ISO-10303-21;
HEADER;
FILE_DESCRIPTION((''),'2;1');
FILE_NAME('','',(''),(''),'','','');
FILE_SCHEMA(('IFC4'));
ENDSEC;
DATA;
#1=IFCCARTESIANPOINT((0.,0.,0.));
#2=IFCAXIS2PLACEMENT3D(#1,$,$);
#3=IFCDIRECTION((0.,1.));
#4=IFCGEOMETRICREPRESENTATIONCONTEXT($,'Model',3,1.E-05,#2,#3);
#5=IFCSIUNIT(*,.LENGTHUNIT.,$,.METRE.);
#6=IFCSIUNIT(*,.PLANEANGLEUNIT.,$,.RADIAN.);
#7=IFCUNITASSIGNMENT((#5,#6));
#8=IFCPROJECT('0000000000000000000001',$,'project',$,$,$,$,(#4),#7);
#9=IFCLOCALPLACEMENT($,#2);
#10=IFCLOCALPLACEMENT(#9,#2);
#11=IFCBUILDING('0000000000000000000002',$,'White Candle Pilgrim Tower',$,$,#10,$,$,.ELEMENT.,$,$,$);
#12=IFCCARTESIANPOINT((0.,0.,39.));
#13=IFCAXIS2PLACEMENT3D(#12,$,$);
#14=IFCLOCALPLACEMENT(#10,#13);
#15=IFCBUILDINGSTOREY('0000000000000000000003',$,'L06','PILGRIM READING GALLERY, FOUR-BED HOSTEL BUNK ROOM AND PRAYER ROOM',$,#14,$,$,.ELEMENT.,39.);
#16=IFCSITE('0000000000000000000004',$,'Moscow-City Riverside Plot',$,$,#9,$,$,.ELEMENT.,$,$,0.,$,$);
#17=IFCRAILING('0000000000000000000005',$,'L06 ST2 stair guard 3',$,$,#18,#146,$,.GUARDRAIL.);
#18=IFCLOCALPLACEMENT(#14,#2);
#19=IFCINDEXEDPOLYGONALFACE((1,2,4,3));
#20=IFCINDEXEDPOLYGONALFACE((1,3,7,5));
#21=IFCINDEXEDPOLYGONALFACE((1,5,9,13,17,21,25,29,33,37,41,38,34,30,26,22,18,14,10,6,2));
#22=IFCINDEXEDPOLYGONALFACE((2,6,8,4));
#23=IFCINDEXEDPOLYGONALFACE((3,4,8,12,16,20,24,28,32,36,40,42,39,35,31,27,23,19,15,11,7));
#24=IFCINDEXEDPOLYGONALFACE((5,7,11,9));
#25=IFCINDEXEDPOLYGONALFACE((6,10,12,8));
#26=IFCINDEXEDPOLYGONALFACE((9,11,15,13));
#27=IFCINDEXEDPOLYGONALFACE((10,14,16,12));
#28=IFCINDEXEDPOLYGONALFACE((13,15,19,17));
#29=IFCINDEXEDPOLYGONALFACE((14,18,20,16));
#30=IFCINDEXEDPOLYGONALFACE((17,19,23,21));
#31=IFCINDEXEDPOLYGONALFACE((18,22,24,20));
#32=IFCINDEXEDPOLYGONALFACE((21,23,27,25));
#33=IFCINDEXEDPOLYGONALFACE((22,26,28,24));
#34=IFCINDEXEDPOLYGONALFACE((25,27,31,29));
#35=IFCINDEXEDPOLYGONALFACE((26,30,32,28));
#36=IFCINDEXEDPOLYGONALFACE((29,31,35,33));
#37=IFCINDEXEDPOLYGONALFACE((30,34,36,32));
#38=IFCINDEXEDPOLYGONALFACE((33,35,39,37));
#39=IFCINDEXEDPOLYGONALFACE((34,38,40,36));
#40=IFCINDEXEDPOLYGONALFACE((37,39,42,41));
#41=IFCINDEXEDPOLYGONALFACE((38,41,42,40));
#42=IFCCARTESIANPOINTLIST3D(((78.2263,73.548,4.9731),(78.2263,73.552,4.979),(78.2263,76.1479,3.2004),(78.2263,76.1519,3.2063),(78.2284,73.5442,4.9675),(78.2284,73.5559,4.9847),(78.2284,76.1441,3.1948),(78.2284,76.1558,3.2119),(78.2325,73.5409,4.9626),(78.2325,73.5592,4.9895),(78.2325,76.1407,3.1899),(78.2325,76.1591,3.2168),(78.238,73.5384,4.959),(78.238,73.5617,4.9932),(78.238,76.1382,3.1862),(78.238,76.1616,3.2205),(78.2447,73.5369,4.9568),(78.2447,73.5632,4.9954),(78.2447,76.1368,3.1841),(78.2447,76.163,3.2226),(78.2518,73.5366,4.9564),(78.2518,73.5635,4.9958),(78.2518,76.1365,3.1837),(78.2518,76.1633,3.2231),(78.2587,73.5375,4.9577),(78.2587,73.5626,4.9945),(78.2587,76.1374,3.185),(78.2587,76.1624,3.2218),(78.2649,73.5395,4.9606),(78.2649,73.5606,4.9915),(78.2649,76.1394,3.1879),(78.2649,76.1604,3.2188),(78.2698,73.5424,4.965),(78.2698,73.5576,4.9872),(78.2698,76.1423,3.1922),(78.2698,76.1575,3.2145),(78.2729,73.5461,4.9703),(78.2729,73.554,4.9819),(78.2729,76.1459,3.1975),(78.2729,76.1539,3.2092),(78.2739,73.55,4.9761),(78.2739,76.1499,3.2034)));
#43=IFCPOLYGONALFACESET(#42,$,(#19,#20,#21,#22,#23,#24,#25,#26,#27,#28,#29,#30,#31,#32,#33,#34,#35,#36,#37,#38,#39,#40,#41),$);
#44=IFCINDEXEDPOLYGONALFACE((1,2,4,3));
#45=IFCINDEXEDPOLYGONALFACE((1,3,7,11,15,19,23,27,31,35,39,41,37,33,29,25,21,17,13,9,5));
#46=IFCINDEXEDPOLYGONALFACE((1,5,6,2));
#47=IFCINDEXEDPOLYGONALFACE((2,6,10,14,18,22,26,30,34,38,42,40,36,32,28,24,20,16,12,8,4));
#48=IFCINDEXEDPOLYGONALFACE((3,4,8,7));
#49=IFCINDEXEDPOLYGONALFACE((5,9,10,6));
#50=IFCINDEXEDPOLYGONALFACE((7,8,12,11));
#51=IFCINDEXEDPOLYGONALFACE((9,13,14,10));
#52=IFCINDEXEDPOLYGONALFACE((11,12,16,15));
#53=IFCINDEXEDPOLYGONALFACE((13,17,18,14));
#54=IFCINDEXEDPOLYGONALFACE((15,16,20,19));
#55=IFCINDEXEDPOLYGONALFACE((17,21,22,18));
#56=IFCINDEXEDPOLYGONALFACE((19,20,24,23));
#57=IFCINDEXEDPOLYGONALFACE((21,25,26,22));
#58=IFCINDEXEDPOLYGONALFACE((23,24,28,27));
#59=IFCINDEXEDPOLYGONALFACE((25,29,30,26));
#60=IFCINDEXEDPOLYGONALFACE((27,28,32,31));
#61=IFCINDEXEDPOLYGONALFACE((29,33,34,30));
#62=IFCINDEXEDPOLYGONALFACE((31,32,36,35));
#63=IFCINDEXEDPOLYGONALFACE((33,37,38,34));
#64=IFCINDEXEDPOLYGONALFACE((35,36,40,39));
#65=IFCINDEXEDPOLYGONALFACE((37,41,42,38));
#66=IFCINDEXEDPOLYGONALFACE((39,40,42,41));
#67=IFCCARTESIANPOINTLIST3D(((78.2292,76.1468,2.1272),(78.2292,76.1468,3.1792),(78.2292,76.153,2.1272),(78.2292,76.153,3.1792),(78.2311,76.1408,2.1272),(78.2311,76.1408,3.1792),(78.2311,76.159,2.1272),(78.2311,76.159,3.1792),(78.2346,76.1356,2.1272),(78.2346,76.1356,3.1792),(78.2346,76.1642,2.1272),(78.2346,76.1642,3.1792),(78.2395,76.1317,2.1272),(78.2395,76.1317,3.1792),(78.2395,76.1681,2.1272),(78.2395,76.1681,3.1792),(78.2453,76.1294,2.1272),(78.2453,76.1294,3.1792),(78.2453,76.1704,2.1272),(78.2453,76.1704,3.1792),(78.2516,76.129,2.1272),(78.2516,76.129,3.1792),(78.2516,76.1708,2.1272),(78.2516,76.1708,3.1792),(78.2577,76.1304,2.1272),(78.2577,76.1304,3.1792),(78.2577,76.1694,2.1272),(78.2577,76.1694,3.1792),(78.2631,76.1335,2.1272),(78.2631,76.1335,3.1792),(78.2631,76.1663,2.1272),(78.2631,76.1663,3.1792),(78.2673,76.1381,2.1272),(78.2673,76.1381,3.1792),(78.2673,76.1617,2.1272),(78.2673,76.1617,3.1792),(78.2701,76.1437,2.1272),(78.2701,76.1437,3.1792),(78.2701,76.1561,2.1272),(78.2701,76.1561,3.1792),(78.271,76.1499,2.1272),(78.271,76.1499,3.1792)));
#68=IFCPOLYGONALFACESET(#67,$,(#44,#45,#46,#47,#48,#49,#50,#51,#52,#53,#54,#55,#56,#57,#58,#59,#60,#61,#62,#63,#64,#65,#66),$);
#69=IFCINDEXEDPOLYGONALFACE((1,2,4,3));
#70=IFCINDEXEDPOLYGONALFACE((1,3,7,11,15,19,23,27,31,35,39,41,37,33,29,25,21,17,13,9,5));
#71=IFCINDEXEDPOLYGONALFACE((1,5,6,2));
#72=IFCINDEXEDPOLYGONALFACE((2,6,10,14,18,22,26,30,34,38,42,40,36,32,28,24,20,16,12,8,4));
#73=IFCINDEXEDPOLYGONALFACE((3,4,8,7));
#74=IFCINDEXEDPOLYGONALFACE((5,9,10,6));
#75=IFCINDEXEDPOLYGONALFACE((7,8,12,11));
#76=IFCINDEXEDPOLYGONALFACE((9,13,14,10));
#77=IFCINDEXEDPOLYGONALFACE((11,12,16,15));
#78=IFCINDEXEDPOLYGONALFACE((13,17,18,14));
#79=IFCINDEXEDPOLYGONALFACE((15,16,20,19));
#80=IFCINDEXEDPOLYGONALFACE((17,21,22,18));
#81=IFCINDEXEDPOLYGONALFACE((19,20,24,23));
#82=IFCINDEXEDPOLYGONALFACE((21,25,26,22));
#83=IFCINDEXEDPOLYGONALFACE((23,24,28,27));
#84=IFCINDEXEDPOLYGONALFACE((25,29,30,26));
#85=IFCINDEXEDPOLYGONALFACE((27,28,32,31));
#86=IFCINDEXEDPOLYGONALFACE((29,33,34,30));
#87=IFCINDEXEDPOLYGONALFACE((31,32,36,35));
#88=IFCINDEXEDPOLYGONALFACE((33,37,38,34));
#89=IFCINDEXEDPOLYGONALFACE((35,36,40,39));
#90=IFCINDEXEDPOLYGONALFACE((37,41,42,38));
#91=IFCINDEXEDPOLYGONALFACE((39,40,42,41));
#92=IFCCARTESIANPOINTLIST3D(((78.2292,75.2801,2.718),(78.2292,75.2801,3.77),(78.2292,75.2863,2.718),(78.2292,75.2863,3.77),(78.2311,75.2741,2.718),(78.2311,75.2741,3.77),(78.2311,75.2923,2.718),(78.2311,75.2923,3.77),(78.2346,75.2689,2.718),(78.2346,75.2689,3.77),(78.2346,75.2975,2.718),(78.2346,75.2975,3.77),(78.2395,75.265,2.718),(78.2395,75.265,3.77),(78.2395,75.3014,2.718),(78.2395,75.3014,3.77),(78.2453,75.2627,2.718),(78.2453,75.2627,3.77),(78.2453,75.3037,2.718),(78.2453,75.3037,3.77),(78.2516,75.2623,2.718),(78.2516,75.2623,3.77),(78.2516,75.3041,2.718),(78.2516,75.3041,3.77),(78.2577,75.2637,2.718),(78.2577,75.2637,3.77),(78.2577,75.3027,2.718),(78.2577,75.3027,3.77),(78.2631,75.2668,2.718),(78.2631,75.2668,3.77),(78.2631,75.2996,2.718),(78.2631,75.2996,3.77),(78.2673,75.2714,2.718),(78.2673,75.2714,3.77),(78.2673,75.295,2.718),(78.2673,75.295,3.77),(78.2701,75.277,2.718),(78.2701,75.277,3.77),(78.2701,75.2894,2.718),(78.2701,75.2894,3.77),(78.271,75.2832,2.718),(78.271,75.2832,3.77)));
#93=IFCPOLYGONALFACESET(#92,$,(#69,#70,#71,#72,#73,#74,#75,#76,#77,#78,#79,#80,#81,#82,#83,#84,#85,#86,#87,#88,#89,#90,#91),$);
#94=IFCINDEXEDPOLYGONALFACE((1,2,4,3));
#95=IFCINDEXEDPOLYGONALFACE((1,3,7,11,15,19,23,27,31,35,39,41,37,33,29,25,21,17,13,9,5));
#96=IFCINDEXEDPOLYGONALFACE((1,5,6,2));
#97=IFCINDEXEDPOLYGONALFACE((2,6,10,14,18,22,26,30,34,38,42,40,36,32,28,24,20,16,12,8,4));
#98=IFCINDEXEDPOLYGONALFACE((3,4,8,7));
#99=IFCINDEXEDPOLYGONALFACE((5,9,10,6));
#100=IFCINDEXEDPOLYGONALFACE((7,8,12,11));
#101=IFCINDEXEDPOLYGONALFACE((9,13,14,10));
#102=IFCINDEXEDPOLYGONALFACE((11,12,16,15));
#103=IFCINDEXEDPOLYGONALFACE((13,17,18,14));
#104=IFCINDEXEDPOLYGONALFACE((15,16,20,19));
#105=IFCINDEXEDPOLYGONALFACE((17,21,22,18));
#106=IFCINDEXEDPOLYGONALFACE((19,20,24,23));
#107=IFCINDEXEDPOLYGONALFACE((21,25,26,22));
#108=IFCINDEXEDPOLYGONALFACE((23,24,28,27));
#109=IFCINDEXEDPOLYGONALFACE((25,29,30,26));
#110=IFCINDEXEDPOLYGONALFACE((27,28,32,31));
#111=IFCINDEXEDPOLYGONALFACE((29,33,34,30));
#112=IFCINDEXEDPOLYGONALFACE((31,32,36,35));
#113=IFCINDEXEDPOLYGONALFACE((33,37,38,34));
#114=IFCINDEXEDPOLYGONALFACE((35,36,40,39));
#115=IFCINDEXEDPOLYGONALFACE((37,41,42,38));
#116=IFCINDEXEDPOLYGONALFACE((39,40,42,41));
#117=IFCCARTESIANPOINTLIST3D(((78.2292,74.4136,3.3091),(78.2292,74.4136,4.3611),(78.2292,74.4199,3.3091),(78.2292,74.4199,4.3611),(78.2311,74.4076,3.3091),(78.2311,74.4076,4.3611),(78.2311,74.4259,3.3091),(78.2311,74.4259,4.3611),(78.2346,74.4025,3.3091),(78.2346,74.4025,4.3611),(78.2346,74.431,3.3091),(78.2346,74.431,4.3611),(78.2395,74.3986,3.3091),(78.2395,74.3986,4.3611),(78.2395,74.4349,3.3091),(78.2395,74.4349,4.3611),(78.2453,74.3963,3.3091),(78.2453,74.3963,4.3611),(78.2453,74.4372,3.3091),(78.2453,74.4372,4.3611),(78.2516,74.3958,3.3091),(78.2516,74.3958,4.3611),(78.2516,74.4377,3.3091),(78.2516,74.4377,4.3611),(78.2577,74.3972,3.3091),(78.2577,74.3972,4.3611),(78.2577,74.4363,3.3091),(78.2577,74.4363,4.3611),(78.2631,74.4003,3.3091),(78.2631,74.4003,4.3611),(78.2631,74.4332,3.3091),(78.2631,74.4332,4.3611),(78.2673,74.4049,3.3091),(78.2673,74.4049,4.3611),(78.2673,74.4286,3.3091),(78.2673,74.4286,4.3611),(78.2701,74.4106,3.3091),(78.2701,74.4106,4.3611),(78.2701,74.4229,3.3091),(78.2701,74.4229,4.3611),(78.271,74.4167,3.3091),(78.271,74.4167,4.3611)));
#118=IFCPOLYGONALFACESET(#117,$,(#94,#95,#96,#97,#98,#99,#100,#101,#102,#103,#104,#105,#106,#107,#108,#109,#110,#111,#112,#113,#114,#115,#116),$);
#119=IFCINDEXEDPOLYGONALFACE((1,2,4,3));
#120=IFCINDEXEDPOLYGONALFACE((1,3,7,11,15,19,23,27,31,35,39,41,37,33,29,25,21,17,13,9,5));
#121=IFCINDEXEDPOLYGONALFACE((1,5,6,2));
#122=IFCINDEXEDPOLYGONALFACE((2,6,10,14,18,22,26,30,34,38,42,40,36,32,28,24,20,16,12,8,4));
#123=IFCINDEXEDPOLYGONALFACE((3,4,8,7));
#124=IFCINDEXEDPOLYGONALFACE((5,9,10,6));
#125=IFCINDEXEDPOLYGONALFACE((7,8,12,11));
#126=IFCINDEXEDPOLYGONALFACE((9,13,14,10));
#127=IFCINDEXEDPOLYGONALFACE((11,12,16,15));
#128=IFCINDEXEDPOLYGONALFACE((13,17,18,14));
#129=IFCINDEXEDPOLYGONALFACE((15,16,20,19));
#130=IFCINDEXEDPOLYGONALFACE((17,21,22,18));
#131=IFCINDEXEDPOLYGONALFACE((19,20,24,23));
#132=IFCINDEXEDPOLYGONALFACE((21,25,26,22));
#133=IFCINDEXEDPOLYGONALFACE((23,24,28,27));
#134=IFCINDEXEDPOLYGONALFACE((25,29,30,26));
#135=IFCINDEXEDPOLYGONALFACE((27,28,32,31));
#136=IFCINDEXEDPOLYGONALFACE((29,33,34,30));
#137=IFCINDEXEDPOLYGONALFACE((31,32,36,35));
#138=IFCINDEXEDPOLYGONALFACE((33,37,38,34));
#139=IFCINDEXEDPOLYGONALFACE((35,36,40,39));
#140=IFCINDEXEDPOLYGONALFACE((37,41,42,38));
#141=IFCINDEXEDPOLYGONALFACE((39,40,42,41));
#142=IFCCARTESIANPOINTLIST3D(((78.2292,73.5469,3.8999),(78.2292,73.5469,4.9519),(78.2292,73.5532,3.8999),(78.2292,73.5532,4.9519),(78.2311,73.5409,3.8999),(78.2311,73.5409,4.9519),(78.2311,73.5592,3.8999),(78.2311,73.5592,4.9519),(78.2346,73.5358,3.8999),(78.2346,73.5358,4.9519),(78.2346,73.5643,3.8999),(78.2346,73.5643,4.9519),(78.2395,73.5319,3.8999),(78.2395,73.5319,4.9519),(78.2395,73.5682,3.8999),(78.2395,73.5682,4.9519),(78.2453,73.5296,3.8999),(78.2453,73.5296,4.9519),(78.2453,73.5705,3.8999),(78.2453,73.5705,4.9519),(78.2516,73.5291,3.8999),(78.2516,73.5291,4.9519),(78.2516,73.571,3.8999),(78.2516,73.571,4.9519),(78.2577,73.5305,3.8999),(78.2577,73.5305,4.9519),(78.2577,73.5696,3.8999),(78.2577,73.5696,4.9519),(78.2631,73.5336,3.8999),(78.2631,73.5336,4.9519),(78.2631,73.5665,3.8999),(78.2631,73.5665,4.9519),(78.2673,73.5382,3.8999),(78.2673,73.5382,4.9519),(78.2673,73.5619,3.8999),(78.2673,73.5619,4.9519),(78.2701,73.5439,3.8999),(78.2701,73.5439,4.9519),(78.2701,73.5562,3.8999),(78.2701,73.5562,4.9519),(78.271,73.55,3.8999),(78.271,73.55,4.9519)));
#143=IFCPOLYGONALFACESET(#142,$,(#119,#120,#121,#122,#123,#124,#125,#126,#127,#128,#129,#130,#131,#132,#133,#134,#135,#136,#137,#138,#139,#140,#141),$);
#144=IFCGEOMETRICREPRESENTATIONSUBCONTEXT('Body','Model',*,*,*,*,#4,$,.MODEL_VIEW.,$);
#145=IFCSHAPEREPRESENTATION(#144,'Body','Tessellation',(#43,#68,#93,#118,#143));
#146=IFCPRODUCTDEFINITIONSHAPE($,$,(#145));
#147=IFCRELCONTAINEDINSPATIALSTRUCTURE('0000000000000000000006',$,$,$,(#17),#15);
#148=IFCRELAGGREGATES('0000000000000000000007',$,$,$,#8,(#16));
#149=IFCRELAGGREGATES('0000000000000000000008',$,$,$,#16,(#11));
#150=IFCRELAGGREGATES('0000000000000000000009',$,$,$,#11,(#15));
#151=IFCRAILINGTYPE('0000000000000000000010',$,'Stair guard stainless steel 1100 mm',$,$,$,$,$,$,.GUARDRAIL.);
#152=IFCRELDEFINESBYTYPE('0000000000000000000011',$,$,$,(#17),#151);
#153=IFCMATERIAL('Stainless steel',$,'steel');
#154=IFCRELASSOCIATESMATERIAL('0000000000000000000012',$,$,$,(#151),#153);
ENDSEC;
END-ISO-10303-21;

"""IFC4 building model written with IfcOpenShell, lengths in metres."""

from ifc_helpers import new_model, si_unit, direction, frame, origin, origin_2d, place, context, subcontext, project, spatial, circle, extrude, material, type_object, element, save


model = new_model("IFC4")

# Units and contexts
model_context = context("Model", 3, precision=1e-05, world=origin(), true_north=direction((0.0, 1.0)))
body_context = subcontext(model_context, "Body", "Model", "MODEL_VIEW")
ifc_project = project(units=[si_unit("LENGTHUNIT", "METRE"), si_unit("PLANEANGLEUNIT", "RADIAN")], contexts=[model_context])

# Site, building, storey
site_placement = place(None, origin())
site = spatial("IfcSite", under=ifc_project, at=site_placement, Name="Moscow-City Riverside Plot", CompositionType="ELEMENT", RefElevation=0.0)
building_placement = place(site_placement, origin())
building = spatial("IfcBuilding", under=site, at=building_placement, Name="White Candle Pilgrim Tower", CompositionType="ELEMENT")
storey_placement = place(building_placement, frame((0.0, 0.0, 39.0)))
storey = spatial("IfcBuildingStorey", under=building, at=storey_placement, Name="L06", Description="PILGRIM READING GALLERY, FOUR-BED HOSTEL BUNK ROOM AND PRAYER ROOM", CompositionType="ELEMENT", Elevation=39.0)

# Railing
ifc_material_1 = material(Name="Stainless steel", Category="steel")
railing_type_1 = type_object("IfcRailingType", Name="Stair guard stainless steel 1100 mm", PredefinedType="GUARDRAIL", material=ifc_material_1)
railing_1_placement = place(storey_placement, frame((78.25, 76.1499, 2.1272)))
element("IfcRailing", 1, at=railing_1_placement, inside=storey, type_object=railing_type_1, Name="L06 ST2 stair guard 3", PredefinedType="GUARDRAIL", context=body_context, shape_type="SweptSolid", body=[
    extrude(circle(Radius=0.0239, at=origin_2d()), frame((0.0, 0.0, 1.0762), z_axis=(0.0, -0.826216, 0.563354), x_axis=(1.0, 0.0, 0.0)), (0.0, 0.0, 1.0), 3.1467),
    extrude(circle(Radius=0.021, at=origin_2d()), origin(), (0.0, 0.0, 1.0), 1.052),
    extrude(circle(Radius=0.021, at=origin_2d()), frame((0.0, -0.8667, 0.5908)), (0.0, 0.0, 1.0), 1.052),
    extrude(circle(Radius=0.021, at=origin_2d()), frame((0.0, -1.7332, 1.1819)), (0.0, 0.0, 1.0), 1.052),
    extrude(circle(Radius=0.021, at=origin_2d()), frame((0.0, -2.5999, 1.7727)), (0.0, 0.0, 1.0), 1.052),
])

save(model, "model.ifc")
